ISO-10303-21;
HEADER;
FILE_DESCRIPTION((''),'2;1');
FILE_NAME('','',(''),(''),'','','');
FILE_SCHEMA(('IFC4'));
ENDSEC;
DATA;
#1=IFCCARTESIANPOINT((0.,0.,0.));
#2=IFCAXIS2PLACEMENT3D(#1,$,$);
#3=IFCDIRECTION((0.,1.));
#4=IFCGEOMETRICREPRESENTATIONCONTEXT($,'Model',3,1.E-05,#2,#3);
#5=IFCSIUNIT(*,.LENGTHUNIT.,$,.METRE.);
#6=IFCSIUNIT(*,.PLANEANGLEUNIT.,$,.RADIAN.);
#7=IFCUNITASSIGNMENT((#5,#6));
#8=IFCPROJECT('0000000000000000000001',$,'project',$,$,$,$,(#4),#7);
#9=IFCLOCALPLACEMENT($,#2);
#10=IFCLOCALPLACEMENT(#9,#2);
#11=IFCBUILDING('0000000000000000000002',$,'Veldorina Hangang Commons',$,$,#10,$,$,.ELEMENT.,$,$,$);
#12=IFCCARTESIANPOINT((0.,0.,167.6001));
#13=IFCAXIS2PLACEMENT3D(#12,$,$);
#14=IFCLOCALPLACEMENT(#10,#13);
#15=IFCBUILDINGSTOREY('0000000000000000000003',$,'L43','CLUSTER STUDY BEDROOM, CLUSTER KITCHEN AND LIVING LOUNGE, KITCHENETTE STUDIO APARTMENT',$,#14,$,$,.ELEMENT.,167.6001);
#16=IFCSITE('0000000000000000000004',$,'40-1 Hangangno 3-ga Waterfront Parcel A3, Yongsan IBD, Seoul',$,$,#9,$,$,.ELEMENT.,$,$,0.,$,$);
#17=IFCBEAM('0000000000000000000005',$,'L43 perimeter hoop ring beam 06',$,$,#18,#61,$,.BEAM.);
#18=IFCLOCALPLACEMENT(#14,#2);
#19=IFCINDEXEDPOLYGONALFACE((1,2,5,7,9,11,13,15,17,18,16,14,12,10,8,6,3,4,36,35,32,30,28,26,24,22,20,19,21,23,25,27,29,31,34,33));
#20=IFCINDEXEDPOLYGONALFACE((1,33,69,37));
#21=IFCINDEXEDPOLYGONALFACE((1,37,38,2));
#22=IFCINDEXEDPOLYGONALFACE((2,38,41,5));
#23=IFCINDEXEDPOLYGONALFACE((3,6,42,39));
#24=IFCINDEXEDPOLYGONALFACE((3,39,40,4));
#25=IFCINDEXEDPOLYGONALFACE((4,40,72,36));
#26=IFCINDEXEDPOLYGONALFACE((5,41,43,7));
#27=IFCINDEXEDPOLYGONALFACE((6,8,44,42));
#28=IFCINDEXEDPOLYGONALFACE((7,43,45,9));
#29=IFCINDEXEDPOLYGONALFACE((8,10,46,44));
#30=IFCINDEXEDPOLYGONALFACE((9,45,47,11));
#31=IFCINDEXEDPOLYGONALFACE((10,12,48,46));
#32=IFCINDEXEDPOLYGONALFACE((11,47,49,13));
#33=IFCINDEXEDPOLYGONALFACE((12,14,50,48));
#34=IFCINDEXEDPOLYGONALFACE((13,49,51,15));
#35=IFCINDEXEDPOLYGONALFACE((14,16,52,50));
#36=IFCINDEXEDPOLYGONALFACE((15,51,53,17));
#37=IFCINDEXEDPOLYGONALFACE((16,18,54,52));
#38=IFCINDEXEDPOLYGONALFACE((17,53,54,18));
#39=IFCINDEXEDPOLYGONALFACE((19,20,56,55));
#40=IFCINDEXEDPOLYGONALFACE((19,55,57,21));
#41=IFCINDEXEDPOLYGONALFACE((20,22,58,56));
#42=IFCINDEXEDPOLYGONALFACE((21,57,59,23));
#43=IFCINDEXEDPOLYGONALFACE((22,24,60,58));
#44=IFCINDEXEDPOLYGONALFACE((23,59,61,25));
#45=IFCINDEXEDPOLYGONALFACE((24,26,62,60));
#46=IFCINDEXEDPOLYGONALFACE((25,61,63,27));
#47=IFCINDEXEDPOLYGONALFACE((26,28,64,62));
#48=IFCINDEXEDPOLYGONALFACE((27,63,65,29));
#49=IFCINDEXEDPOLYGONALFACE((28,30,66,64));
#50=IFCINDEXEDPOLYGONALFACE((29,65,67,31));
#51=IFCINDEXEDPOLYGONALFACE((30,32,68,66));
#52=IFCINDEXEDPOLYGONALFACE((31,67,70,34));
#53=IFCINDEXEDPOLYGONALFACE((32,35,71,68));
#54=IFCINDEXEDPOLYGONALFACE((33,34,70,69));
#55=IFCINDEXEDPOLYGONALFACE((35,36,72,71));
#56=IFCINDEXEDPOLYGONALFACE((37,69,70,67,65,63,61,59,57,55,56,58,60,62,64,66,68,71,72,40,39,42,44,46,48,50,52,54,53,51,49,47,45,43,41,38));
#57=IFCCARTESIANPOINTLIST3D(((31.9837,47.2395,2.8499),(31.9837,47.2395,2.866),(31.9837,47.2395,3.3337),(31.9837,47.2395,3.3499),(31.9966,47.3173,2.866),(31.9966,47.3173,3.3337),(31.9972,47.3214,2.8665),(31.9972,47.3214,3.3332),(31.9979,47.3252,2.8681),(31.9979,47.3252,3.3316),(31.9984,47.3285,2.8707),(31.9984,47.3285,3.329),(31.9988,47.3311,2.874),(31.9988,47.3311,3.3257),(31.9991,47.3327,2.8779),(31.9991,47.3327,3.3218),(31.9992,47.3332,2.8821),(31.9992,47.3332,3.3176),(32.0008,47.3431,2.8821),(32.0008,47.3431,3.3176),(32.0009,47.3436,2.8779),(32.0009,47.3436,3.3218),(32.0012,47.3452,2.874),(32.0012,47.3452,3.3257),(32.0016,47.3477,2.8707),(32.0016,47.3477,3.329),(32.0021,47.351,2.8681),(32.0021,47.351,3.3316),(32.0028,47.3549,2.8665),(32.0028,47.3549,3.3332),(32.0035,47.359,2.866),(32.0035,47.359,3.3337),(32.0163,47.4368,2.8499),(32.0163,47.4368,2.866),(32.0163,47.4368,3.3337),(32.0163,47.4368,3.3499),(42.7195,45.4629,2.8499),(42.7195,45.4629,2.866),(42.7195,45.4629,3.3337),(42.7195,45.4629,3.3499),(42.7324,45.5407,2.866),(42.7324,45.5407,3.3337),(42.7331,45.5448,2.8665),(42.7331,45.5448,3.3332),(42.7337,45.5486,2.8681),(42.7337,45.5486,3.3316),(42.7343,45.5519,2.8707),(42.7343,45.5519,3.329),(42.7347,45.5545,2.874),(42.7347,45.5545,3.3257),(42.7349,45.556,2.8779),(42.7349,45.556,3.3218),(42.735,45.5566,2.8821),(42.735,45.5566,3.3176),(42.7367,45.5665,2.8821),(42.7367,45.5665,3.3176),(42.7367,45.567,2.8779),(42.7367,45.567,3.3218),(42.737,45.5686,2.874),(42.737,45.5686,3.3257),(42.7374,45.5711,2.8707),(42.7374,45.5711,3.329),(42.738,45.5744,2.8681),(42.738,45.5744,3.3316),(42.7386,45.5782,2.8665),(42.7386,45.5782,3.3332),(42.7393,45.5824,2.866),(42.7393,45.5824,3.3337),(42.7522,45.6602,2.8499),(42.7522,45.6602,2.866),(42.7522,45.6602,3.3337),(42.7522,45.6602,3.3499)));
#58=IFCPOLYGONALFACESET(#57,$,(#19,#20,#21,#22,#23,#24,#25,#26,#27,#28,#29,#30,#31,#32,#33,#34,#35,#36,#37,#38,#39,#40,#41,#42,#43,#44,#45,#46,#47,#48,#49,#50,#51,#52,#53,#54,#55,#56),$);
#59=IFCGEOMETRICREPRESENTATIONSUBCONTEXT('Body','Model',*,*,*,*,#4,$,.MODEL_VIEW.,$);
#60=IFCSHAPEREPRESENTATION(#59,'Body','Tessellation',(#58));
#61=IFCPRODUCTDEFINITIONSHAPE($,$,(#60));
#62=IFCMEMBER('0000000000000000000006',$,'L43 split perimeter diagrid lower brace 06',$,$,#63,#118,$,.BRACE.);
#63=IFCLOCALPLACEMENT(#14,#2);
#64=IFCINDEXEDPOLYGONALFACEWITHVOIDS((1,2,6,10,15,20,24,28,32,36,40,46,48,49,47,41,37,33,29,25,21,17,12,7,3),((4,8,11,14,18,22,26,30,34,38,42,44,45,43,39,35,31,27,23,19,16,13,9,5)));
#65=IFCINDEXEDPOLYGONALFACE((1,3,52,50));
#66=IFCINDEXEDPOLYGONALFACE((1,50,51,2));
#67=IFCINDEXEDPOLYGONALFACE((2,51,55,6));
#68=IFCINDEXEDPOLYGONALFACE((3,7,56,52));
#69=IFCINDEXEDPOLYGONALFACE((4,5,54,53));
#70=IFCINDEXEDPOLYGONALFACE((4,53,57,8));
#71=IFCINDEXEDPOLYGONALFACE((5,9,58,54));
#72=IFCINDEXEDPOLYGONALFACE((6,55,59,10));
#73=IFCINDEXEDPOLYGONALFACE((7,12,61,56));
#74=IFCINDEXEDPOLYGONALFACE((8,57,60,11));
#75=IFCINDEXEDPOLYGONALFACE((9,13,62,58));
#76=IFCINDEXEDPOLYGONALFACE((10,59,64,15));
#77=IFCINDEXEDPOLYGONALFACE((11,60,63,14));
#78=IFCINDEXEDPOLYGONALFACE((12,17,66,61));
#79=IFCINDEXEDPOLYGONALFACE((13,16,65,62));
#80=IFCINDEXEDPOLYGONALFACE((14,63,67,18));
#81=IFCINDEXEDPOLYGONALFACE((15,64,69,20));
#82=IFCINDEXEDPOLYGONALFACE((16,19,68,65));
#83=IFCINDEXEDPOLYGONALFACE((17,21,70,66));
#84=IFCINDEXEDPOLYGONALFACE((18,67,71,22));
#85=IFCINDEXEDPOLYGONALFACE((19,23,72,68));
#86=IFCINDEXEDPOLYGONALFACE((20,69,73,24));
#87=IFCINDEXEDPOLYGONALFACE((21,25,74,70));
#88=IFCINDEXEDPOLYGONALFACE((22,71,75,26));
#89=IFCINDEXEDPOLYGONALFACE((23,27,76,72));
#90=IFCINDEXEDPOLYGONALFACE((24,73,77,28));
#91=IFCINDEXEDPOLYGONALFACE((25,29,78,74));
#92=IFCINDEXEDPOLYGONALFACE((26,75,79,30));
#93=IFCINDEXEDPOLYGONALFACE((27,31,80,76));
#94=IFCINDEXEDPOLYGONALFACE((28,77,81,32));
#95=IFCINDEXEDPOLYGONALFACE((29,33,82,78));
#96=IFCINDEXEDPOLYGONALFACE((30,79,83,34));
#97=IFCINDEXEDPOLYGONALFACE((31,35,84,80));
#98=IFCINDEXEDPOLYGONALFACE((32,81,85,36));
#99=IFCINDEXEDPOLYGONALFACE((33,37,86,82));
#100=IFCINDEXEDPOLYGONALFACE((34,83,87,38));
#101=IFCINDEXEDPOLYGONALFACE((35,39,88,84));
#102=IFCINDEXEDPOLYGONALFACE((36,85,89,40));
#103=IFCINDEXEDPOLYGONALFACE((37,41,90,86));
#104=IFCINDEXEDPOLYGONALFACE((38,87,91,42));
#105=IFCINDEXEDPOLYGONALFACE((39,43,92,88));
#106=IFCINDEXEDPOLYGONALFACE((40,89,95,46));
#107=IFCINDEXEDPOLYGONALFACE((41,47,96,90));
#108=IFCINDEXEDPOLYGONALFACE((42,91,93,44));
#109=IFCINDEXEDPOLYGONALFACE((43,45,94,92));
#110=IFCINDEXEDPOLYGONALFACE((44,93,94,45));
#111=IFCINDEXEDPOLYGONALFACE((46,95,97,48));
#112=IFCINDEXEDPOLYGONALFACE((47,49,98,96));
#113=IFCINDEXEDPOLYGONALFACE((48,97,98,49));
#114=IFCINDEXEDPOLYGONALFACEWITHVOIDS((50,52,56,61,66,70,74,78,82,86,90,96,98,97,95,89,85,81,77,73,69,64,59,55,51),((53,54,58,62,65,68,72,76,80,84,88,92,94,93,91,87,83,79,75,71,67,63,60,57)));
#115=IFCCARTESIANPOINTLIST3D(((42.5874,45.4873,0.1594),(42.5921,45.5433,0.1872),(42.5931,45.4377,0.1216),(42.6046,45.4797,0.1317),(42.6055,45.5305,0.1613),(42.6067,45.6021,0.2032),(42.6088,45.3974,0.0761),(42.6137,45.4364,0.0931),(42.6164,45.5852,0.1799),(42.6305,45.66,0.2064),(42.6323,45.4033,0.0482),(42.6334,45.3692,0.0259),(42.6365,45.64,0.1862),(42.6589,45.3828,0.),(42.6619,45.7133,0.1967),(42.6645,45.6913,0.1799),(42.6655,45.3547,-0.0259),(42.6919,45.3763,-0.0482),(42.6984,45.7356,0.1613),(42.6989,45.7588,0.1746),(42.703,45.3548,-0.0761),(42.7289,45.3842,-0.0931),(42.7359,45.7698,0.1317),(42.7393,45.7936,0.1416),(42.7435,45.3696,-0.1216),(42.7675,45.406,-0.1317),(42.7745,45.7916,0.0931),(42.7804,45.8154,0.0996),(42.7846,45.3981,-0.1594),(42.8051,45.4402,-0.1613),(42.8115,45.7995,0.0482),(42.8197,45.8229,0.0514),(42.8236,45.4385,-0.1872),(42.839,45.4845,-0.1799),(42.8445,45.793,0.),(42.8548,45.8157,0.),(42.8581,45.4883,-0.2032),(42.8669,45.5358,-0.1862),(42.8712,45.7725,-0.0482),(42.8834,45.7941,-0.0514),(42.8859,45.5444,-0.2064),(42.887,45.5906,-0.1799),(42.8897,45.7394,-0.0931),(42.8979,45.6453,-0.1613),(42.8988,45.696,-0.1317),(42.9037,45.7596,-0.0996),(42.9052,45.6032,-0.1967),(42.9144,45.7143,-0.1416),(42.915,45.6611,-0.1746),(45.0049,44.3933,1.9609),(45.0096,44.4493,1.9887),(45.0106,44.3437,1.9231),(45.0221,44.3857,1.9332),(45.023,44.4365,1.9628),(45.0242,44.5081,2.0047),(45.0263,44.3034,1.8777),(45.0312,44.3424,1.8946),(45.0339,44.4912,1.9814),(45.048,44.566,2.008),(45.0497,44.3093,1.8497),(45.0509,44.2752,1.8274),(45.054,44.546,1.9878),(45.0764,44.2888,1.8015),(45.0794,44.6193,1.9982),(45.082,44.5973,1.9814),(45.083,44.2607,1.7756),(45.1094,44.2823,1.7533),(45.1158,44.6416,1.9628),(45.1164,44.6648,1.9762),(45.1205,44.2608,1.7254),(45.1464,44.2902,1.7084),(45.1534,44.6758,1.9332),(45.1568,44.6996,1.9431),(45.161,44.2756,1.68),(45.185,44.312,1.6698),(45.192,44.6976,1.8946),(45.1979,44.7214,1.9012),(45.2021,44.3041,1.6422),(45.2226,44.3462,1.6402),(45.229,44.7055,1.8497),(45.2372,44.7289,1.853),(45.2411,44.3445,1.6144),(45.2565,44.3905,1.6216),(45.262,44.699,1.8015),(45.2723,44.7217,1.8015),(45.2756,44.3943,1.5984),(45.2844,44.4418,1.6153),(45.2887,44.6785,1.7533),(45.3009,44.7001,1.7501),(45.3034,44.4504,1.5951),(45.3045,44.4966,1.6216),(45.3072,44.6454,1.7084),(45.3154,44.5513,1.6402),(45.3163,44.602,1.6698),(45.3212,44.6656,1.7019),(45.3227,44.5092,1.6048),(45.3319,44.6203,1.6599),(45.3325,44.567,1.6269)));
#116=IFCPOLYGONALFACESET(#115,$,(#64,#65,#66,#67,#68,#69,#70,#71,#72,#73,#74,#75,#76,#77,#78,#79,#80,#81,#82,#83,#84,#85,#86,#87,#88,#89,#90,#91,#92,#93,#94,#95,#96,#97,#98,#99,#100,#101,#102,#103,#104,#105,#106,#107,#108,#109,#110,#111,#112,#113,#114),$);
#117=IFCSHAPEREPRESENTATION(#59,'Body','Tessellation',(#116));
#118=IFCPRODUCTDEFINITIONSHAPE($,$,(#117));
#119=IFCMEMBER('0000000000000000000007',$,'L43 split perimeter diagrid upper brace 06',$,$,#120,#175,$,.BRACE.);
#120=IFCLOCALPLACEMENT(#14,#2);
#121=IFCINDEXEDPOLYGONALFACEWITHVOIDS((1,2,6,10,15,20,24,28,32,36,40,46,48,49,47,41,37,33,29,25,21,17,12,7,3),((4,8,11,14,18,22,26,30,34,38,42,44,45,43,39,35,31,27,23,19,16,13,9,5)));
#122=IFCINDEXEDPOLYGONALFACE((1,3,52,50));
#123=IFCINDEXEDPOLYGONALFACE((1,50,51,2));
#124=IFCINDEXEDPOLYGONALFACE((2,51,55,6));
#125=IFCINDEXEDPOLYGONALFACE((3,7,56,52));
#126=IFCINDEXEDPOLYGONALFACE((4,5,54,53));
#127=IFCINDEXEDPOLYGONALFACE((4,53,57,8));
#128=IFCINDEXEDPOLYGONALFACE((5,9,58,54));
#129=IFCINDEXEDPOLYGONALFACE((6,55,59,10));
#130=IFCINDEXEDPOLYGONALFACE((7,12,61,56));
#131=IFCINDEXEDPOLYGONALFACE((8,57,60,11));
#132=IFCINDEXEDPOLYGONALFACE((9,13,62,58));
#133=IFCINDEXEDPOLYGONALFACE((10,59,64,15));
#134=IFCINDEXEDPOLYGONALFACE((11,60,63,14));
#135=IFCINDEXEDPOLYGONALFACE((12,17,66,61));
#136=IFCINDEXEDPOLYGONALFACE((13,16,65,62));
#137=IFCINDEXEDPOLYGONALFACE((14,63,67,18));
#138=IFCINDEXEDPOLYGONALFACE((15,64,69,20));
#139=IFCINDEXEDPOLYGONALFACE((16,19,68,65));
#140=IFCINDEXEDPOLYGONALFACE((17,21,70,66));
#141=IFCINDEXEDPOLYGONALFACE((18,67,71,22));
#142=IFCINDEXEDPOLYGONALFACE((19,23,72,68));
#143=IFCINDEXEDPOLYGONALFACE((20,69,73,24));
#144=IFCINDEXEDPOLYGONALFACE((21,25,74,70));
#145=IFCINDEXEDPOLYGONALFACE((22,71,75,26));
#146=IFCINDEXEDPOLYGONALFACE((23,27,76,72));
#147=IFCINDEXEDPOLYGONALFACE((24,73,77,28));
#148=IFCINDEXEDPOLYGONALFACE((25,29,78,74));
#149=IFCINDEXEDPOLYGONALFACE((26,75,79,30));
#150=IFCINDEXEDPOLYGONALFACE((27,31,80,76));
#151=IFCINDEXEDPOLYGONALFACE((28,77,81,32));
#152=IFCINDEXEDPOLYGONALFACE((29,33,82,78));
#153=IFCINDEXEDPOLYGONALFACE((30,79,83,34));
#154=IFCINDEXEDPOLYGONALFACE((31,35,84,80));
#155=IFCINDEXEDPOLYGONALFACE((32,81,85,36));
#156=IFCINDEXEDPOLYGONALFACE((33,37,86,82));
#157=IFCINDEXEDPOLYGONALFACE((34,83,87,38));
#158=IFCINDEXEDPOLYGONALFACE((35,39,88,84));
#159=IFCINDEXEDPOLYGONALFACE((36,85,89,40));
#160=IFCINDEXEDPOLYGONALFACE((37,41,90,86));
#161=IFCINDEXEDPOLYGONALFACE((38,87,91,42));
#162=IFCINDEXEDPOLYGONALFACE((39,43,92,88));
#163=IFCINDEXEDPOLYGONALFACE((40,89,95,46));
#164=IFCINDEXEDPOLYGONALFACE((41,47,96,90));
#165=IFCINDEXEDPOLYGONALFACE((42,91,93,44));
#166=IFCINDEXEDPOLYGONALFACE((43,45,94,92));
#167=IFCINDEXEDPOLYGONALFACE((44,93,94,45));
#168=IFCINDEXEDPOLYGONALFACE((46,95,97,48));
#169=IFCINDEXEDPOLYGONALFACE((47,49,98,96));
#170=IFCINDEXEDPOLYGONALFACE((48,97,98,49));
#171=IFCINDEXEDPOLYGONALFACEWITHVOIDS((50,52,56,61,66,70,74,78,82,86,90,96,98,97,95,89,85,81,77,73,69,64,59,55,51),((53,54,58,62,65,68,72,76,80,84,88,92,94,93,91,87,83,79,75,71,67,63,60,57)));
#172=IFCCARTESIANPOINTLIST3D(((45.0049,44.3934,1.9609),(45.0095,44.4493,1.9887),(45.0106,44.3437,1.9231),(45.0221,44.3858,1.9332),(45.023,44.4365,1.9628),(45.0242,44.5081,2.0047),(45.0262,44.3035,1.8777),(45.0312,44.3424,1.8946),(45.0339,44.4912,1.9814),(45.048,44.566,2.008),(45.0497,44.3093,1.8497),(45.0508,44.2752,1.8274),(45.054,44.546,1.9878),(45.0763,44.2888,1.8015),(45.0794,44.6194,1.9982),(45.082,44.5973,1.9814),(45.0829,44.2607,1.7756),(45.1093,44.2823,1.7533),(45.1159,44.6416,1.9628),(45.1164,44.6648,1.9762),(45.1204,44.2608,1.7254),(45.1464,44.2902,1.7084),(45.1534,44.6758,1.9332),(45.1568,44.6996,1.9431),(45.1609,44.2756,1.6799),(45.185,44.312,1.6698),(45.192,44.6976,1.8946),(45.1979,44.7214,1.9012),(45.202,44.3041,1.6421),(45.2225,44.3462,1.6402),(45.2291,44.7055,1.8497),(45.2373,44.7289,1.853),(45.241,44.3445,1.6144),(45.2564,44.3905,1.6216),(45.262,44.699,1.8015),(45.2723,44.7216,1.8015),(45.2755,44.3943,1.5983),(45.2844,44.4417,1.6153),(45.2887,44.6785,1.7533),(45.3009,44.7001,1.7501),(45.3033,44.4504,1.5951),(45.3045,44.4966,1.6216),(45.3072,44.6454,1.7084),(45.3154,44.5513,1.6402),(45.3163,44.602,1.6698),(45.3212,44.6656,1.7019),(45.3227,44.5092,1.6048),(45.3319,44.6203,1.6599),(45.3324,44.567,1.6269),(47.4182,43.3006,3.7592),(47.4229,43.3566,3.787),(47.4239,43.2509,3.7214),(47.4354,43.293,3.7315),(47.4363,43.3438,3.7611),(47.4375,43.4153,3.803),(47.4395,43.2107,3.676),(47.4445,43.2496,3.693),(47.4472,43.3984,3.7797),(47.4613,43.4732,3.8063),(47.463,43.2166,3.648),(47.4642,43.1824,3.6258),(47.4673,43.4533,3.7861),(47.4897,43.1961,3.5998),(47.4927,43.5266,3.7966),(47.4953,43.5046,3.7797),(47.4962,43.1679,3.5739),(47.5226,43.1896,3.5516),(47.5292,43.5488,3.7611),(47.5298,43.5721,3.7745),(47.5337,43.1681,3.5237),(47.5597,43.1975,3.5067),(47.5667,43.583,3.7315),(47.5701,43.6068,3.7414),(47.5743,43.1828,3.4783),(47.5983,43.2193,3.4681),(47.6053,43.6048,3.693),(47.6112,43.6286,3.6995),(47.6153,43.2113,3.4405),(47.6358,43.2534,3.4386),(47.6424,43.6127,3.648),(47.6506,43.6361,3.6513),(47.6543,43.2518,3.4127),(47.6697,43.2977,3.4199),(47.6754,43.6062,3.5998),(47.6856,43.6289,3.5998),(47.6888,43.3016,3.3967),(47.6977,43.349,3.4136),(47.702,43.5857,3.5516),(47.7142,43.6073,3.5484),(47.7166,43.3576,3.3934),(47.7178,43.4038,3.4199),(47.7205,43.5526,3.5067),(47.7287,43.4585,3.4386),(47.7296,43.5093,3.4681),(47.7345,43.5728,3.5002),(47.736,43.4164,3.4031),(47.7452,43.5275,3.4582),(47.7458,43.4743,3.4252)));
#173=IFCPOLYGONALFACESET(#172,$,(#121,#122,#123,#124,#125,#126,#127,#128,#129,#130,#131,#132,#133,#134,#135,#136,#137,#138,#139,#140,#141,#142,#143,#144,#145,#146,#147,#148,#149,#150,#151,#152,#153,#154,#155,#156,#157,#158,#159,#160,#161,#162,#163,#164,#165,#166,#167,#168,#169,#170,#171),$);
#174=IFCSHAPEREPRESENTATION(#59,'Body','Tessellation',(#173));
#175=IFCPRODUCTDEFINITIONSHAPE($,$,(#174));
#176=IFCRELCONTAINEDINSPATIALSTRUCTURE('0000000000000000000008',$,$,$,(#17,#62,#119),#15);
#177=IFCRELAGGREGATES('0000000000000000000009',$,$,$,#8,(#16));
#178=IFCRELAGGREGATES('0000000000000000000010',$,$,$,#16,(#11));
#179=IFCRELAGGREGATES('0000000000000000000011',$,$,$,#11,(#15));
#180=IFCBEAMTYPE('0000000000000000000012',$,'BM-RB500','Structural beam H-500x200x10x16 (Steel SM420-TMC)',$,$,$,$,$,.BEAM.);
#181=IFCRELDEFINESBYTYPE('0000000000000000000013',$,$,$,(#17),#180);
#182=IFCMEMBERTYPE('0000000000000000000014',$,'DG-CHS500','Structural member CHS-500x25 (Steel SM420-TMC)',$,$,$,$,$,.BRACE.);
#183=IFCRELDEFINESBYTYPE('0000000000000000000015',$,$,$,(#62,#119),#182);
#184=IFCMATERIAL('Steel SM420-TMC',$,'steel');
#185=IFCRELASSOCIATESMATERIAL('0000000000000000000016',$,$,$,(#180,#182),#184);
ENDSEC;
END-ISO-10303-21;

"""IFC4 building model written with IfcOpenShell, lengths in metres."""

from ifc_helpers import new_model, si_unit, direction, frame, origin, origin_2d, place, context, subcontext, project, spatial, hollow_circle, i_section, extrude, material, material_profile, profile_set, type_object, element, save


model = new_model("IFC4")

# Units and contexts
model_context = context("Model", 3, precision=1e-05, world=origin(), true_north=direction((0.0, 1.0)))
body_context = subcontext(model_context, "Body", "Model", "MODEL_VIEW")
ifc_project = project(units=[si_unit("LENGTHUNIT", "METRE"), si_unit("PLANEANGLEUNIT", "RADIAN")], contexts=[model_context])

# Site, building, storey
site_placement = place(None, origin())
site = spatial("IfcSite", under=ifc_project, at=site_placement, Name="40-1 Hangangno 3-ga Waterfront Parcel A3, Yongsan IBD, Seoul", CompositionType="ELEMENT", RefElevation=0.0)
building_placement = place(site_placement, origin())
building = spatial("IfcBuilding", under=site, at=building_placement, Name="Veldorina Hangang Commons", CompositionType="ELEMENT")
storey_placement = place(building_placement, frame((0.0, 0.0, 167.6001)))
storey = spatial("IfcBuildingStorey", under=building, at=storey_placement, Name="L43", Description="CLUSTER STUDY BEDROOM, CLUSTER KITCHEN AND LIVING LOUNGE, KITCHENETTE STUDIO APARTMENT", CompositionType="ELEMENT", Elevation=167.6001)

# Beam
ifc_material_1 = material(Name="Steel SM420-TMC", Category="steel")
ifc_material_profile_1 = material_profile(ifc_material_1, i_section(OverallWidth=0.2, OverallDepth=0.5, WebThickness=0.01, FlangeThickness=0.0161, FilletRadius=0.0161, at=origin_2d()), Name="H-500x200x10x16")
ifc_profile_set_1 = profile_set([ifc_material_profile_1], Name="Steel SM420-TMC")
beam_type = type_object("IfcBeamType", Name="BM-RB500", Description="Structural beam H-500x200x10x16 (Steel SM420-TMC)", PredefinedType="BEAM", material=ifc_profile_set_1)
beam_placement = place(storey_placement, frame((42.7358, 45.5615, 3.0999), z_axis=(-0.986582, 0.163264, 0.0), x_axis=(-0.163264, -0.986582, 0.0)))
element("IfcBeam", 1, at=beam_placement, inside=storey, type_object=beam_type, Name="L43 perimeter hoop ring beam 06", PredefinedType="BEAM", context=body_context, shape_type="SweptSolid", body=[
    extrude(i_section(OverallWidth=0.2, OverallDepth=0.5, WebThickness=0.01, FlangeThickness=0.0161, FilletRadius=0.0161, at=origin_2d()), origin(), (0.0, 0.0, 1.0), 10.8818),
])

# Members
ifc_material_profile_2 = material_profile(ifc_material_1, hollow_circle(Radius=0.25, WallThickness=0.0249, at=origin_2d()), Name="CHS-500x25")
ifc_profile_set_2 = profile_set([ifc_material_profile_2], Name="Steel SM420-TMC")
member_type = type_object("IfcMemberType", Name="DG-CHS500", Description="Structural member CHS-500x25 (Steel SM420-TMC)", PredefinedType="BRACE", material=ifc_profile_set_2)
member_1_placement = place(storey_placement, frame((42.7517, 45.5879, 0.0), z_axis=(0.753754, -0.3411, 0.561699), x_axis=(0.412284, 0.911055, 0.0)))
element("IfcMember", 2, at=member_1_placement, inside=storey, type_object=member_type, Name="L43 split perimeter diagrid lower brace 06", PredefinedType="BRACE", context=body_context, shape_type="SweptSolid", body=[
    extrude(hollow_circle(Radius=0.25, WallThickness=0.0249, at=origin_2d()), origin(), (0.0, 0.0, 1.0), 3.2073),
])
member_2_placement = place(storey_placement, frame((45.1692, 44.4939, 1.8015), z_axis=(0.753712, -0.341286, 0.561643), x_axis=(0.41249, 0.910962, 0.0)))
element("IfcMember", 3, at=member_2_placement, inside=storey, type_object=member_type, Name="L43 split perimeter diagrid upper brace 06", PredefinedType="BRACE", context=body_context, shape_type="SweptSolid", body=[
    extrude(hollow_circle(Radius=0.25, WallThickness=0.0249, at=origin_2d()), origin(), (0.0, 0.0, 1.0), 3.2019),
])

save(model, "model.ifc")
